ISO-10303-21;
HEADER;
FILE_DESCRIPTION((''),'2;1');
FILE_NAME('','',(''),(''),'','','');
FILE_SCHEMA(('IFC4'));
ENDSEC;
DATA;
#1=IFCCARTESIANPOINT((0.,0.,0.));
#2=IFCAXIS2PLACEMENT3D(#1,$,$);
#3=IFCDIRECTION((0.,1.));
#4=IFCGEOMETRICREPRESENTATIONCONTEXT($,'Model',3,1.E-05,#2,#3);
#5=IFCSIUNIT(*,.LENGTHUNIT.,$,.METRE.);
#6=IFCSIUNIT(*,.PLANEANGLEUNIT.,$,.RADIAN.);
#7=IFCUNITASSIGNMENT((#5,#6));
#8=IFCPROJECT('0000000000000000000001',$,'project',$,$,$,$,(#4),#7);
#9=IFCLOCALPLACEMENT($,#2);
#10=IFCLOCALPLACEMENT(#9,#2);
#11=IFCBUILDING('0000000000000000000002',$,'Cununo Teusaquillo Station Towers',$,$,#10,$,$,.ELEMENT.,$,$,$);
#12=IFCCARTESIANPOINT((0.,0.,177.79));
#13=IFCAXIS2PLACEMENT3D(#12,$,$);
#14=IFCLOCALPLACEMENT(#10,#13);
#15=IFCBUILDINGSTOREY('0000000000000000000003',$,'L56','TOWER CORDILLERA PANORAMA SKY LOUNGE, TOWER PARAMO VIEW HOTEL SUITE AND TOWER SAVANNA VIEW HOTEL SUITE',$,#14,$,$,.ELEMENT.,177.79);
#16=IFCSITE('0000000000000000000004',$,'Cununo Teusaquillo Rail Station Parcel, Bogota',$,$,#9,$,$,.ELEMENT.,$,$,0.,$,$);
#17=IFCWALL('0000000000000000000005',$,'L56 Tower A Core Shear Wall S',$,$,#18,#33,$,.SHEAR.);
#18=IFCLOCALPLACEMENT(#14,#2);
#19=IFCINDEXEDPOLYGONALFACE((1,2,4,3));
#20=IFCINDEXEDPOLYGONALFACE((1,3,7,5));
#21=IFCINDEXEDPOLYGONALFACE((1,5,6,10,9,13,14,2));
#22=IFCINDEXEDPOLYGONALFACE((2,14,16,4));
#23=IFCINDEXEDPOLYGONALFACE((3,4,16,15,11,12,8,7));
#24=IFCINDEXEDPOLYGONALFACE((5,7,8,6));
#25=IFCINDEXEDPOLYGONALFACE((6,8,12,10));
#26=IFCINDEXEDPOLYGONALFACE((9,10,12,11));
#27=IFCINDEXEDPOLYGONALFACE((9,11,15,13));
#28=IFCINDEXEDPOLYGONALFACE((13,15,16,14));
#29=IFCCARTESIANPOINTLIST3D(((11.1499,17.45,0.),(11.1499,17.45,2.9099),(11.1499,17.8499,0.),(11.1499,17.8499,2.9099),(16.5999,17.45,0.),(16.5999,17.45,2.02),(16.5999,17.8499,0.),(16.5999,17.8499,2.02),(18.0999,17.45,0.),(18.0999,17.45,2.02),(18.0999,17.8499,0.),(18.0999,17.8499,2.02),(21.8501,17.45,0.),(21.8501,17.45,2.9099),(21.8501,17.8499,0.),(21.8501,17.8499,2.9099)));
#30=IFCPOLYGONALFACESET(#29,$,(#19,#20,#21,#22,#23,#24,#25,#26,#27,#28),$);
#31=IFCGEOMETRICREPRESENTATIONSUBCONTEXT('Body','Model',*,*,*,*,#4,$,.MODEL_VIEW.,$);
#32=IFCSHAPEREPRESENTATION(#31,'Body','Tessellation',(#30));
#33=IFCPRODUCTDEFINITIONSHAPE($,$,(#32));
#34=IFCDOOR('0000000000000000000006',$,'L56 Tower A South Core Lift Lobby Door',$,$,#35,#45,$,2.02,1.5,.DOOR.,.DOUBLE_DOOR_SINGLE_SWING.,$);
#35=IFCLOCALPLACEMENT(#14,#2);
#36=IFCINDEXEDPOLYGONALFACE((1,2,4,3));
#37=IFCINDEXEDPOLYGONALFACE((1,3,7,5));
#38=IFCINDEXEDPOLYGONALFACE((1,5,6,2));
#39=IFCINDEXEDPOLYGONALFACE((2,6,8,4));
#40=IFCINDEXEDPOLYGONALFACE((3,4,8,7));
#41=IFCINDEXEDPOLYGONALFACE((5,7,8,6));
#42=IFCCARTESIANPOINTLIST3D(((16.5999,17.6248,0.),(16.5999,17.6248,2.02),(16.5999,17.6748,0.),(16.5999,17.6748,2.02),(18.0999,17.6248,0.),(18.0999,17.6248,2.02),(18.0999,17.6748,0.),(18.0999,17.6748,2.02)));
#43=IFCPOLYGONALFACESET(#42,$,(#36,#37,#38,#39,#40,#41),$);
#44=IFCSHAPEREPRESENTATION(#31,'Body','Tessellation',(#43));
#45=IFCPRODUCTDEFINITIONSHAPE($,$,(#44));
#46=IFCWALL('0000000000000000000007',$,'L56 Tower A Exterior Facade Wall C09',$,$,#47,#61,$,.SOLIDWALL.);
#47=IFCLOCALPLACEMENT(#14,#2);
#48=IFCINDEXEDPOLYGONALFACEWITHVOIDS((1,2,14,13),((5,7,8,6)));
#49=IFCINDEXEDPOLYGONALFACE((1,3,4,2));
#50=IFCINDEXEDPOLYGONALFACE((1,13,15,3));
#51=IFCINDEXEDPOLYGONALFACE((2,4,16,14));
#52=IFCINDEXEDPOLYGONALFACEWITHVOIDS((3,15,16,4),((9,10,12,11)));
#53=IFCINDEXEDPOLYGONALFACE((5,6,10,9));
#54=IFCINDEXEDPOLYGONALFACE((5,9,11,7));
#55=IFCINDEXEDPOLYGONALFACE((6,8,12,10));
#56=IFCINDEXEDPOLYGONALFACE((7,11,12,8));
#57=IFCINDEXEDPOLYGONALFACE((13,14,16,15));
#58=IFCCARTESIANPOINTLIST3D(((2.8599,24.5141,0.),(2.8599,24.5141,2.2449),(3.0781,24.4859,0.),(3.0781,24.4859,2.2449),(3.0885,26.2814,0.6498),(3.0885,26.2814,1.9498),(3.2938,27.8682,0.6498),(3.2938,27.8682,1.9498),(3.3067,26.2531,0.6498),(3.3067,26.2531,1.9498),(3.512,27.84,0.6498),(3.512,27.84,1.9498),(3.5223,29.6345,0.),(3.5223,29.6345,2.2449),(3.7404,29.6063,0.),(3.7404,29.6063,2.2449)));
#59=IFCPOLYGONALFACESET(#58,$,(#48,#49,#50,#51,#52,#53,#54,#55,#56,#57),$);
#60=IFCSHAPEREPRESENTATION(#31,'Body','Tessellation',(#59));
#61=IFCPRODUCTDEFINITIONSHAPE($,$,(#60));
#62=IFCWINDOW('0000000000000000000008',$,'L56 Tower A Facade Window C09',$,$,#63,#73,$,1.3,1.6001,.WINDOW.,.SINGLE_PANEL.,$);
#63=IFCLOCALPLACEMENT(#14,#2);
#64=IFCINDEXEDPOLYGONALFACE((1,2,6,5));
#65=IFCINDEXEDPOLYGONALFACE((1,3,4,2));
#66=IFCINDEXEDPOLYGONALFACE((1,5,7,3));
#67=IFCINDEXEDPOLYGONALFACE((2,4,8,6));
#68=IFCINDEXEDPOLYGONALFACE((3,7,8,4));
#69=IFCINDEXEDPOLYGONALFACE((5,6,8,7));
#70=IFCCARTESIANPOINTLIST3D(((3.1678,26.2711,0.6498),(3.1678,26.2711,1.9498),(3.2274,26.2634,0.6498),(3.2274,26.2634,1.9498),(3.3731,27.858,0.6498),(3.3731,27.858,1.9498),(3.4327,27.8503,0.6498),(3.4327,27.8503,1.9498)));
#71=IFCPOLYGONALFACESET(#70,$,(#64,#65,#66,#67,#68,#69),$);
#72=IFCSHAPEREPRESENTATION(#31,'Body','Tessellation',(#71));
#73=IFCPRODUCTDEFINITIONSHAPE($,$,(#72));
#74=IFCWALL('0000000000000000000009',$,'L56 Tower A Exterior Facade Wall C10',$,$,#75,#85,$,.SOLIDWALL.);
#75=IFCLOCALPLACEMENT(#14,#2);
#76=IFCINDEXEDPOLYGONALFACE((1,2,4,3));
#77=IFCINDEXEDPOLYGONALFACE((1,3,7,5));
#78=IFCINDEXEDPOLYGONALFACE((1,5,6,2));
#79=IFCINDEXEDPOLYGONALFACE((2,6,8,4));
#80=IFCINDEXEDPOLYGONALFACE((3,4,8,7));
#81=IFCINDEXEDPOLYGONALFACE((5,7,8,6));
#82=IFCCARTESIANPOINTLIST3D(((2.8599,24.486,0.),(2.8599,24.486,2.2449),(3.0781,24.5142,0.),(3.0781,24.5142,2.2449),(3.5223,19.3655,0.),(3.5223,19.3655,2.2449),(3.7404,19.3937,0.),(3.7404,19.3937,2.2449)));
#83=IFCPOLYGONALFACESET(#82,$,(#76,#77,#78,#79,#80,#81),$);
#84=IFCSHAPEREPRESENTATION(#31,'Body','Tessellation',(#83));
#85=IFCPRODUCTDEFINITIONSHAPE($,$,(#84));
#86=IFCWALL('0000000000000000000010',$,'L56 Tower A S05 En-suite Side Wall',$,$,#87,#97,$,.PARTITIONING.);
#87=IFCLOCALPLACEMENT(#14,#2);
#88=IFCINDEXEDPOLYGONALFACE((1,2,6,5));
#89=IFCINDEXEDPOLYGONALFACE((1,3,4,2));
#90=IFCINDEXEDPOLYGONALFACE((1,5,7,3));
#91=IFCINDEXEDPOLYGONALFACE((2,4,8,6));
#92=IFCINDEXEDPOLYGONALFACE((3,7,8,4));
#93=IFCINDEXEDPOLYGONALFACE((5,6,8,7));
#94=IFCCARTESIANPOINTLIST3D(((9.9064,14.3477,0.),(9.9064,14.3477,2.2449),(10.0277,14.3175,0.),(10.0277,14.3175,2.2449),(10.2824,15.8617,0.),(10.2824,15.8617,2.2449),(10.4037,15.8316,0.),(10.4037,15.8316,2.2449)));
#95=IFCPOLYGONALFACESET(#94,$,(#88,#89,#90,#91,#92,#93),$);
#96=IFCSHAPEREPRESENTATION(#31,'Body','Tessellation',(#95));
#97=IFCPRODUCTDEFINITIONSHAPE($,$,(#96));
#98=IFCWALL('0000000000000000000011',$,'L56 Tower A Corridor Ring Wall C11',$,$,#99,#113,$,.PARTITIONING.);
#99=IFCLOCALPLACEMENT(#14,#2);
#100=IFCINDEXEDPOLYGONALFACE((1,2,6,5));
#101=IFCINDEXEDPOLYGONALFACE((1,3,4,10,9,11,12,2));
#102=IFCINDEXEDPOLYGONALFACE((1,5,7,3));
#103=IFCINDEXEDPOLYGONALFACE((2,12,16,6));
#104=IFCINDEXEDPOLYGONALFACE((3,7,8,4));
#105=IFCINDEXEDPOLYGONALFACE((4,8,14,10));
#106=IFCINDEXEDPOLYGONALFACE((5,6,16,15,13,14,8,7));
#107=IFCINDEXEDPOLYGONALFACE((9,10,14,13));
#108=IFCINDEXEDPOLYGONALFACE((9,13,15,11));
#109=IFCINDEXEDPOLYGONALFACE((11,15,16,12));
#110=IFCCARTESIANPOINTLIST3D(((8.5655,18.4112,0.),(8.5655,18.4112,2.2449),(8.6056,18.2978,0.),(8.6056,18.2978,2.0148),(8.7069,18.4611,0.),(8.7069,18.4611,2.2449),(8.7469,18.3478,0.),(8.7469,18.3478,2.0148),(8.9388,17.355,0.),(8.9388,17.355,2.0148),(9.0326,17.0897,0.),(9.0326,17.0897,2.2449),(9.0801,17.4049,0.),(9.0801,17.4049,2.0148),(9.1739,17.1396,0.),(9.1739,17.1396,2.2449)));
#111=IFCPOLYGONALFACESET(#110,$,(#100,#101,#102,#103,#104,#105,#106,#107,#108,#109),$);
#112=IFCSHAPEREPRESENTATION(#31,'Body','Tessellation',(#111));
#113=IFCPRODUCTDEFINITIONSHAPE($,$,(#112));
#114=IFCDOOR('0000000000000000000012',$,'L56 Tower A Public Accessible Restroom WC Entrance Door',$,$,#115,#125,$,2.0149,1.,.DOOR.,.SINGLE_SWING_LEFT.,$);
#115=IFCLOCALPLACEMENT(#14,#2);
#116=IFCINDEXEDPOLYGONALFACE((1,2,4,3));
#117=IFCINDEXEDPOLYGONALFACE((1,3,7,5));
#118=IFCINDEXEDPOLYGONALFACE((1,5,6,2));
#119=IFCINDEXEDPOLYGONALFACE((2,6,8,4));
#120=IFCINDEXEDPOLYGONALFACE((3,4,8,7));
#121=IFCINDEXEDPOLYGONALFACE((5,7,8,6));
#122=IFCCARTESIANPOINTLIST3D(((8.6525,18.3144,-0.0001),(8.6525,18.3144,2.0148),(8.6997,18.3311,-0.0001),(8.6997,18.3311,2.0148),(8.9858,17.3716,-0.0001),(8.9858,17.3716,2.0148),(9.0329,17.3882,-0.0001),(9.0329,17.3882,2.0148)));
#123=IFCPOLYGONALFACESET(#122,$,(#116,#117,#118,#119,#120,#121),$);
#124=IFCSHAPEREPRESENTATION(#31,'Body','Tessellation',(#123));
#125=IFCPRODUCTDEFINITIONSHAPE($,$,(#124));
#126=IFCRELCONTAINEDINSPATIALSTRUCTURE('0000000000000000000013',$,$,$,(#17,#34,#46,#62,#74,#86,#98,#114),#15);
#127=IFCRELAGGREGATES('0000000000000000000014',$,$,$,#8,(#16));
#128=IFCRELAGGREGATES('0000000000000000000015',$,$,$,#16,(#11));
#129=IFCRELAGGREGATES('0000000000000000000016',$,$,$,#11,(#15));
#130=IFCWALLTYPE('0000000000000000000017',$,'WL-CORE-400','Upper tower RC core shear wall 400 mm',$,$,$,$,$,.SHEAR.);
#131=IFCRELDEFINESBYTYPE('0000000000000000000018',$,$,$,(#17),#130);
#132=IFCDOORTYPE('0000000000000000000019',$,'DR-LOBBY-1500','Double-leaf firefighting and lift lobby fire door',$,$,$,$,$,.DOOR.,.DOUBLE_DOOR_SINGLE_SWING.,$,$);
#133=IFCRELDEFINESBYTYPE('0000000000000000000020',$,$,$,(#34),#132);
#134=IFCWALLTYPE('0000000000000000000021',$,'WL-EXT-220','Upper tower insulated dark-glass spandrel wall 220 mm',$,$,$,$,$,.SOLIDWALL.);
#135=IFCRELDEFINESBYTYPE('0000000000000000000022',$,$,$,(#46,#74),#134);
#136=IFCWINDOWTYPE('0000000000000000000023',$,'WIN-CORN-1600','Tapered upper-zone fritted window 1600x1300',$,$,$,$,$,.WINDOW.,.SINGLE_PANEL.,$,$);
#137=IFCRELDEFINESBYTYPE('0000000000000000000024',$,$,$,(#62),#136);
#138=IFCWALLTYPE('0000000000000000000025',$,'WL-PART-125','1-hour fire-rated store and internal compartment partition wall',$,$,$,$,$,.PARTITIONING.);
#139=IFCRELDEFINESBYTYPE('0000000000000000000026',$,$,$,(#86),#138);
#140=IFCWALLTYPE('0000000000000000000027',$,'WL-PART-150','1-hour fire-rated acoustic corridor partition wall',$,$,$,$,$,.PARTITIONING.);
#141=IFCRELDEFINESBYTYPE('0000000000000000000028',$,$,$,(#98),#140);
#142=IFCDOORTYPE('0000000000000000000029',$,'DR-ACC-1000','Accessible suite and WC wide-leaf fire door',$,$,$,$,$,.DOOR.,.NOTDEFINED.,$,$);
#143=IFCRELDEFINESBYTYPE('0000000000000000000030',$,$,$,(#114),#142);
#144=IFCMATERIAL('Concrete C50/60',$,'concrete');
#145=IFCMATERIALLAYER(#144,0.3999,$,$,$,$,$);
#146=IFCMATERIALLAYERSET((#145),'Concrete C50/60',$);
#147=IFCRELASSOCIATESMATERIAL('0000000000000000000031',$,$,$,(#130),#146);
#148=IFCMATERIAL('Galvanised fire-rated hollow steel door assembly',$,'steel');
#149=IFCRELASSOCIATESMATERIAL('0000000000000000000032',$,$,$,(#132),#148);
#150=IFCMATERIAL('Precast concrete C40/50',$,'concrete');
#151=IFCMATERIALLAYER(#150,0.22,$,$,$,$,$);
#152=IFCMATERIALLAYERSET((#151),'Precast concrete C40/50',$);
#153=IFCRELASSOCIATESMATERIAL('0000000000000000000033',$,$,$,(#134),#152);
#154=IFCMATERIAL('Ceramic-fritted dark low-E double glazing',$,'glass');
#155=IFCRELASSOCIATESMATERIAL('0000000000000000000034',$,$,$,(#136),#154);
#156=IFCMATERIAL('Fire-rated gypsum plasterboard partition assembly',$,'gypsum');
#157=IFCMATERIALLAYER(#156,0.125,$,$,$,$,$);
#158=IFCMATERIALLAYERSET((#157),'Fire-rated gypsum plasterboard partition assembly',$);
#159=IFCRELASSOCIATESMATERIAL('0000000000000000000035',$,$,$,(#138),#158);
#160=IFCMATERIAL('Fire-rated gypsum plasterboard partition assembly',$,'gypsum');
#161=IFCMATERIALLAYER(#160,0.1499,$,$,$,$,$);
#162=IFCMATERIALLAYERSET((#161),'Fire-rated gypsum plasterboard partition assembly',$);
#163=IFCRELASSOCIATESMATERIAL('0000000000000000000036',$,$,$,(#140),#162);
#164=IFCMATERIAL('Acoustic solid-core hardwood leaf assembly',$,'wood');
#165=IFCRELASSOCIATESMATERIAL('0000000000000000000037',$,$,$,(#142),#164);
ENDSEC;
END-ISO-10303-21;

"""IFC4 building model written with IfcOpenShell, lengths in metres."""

from ifc_helpers import new_model, si_unit, direction, frame, frame_2d, origin, place, context, subcontext, project, spatial, rectangle, extrude, source, transform, mapped, material, layer, layer_set, type_object, element, fill, save


model = new_model("IFC4")

# Units and contexts
model_context = context("Model", 3, precision=1e-05, world=origin(), true_north=direction((0.0, 1.0)))
body_context = subcontext(model_context, "Body", "Model", "MODEL_VIEW")
ifc_project = project(units=[si_unit("LENGTHUNIT", "METRE"), si_unit("PLANEANGLEUNIT", "RADIAN")], contexts=[model_context])

# Site, building, storey
site_placement = place(None, origin())
site = spatial("IfcSite", under=ifc_project, at=site_placement, Name="Cununo Teusaquillo Rail Station Parcel, Bogota", CompositionType="ELEMENT", RefElevation=0.0)
building_placement = place(site_placement, origin())
building = spatial("IfcBuilding", under=site, at=building_placement, Name="Cununo Teusaquillo Station Towers", CompositionType="ELEMENT")
storey_placement = place(building_placement, frame((0.0, 0.0, 177.79)))
storey = spatial("IfcBuildingStorey", under=building, at=storey_placement, Name="L56", Description="TOWER CORDILLERA PANORAMA SKY LOUNGE, TOWER PARAMO VIEW HOTEL SUITE AND TOWER SAVANNA VIEW HOTEL SUITE", CompositionType="ELEMENT", Elevation=177.79)

# Shared definitions
ifc_material_1 = material(Name="Concrete C50/60", Category="concrete")
ifc_layer_1 = layer(ifc_material_1, 0.3999)
ifc_layer_set_1 = layer_set([ifc_layer_1], Name="Concrete C50/60")
wall_type_1 = type_object("IfcWallType", Name="WL-CORE-400", Description="Upper tower RC core shear wall 400 mm", PredefinedType="SHEAR", material=ifc_layer_set_1)

# Wall, opening, door
wall_1_placement = place(storey_placement, frame((11.1499, 17.6499, 0.0), z_axis=(0.0, 0.0, 1.0), x_axis=(1.0, 0.0, 0.0)))
wall_1 = element("IfcWall", 1, at=wall_1_placement, inside=storey, type_object=wall_type_1, Name="L56 Tower A Core Shear Wall S", PredefinedType="SHEAR", context=body_context, shape_type="SweptSolid", body=[
    extrude(rectangle(XDim=10.7002, YDim=0.3999, at=frame_2d((5.3501, 0.0))), origin(), (0.0, 0.0, 1.0), 2.9099),
])
shared_shape_1 = source(origin(), body_context, "Body", "SweptSolid", [
    extrude(rectangle(XDim=1.5, YDim=2.02, at=frame_2d((0.75, 1.01))), frame((0.0, 0.21, 0.0), z_axis=(0.0, -1.0, 0.0), x_axis=(1.0, 0.0, 0.0)), (0.0, 0.0, 1.0), 0.4199),
])
opening_1_placement = place(wall_1_placement, frame((5.45, 0.0, 0.0)))
opening_1 = element("IfcOpeningElement", 2, at=opening_1_placement, cuts=wall_1, PredefinedType="OPENING", context=body_context, shape_type="MappedRepresentation", body=[
    mapped(shared_shape_1, transform((0.0, 0.0, 0.0), x_axis=(1.0, 0.0, 0.0), y_axis=(0.0, 1.0, 0.0), z_axis=(0.0, 0.0, 1.0), scale=1.0)),
])
ifc_material_2 = material(Name="Galvanised fire-rated hollow steel door assembly", Category="steel")
door_type_1 = type_object("IfcDoorType", Name="DR-LOBBY-1500", Description="Double-leaf firefighting and lift lobby fire door", OperationType="DOUBLE_DOOR_SINGLE_SWING", PredefinedType="DOOR", material=ifc_material_2)
shared_shape_2 = source(origin(), body_context, "Body", "SweptSolid", [
    extrude(rectangle(XDim=1.5, YDim=2.02, at=frame_2d((0.75, 1.01))), frame((0.0, 0.0249, 0.0), z_axis=(0.0, -1.0, 0.0), x_axis=(1.0, 0.0, 0.0)), (0.0, 0.0, 1.0), 0.05),
])
door_1_placement = place(opening_1_placement, origin())
door_1 = element("IfcDoor", 3, at=door_1_placement, inside=storey, type_object=door_type_1, Name="L56 Tower A South Core Lift Lobby Door", OperationType="DOUBLE_DOOR_SINGLE_SWING", OverallHeight=2.02, OverallWidth=1.5, PredefinedType="DOOR", context=body_context, shape_type="MappedRepresentation", body=[
    mapped(shared_shape_2, transform((0.0, 0.0, 0.0), x_axis=(1.0, 0.0, 0.0), y_axis=(0.0, 1.0, 0.0), z_axis=(0.0, 0.0, 1.0), scale=1.0)),
])
fill(opening_1, door_1)

# Wall, opening, window
ifc_material_3 = material(Name="Precast concrete C40/50", Category="concrete")
ifc_layer_2 = layer(ifc_material_3, 0.22)
ifc_layer_set_2 = layer_set([ifc_layer_2], Name="Precast concrete C40/50")
wall_type_2 = type_object("IfcWallType", Name="WL-EXT-220", Description="Upper tower insulated dark-glass spandrel wall 220 mm", PredefinedType="SOLIDWALL", material=ifc_layer_set_2)
wall_2_placement = place(storey_placement, frame((2.969, 24.5, 0.0), z_axis=(0.0, 0.0, 1.0), x_axis=(0.128288, 0.991737, 0.0)))
wall_2 = element("IfcWall", 4, at=wall_2_placement, inside=storey, type_object=wall_type_2, Name="L56 Tower A Exterior Facade Wall C09", PredefinedType="SOLIDWALL", context=body_context, shape_type="SweptSolid", body=[
    extrude(rectangle(XDim=5.1631, YDim=0.22, at=frame_2d((2.5815, 0.0))), origin(), (0.0, 0.0, 1.0), 2.2449),
])
shared_shape_3 = source(origin(), body_context, "Body", "SweptSolid", [
    extrude(rectangle(XDim=1.6001, YDim=1.3, at=frame_2d((0.8, 0.6499))), frame((0.0, 0.1199, 0.0), z_axis=(0.0, -1.0, 0.0), x_axis=(1.0, 0.0, 0.0)), (0.0, 0.0, 1.0), 0.24),
])
opening_2_placement = place(wall_2_placement, frame((1.782, 0.0, 0.6499)))
opening_2 = element("IfcOpeningElement", 5, at=opening_2_placement, cuts=wall_2, PredefinedType="OPENING", context=body_context, shape_type="MappedRepresentation", body=[
    mapped(shared_shape_3, transform((0.0, 0.0, 0.0), x_axis=(1.0, 0.0, 0.0), y_axis=(0.0, 1.0, 0.0), z_axis=(0.0, 0.0, 1.0), scale=1.0)),
])
ifc_material_4 = material(Name="Ceramic-fritted dark low-E double glazing", Category="glass")
window_type = type_object("IfcWindowType", Name="WIN-CORN-1600", Description="Tapered upper-zone fritted window 1600x1300", PartitioningType="SINGLE_PANEL", PredefinedType="WINDOW", material=ifc_material_4)
shared_shape_4 = source(origin(), body_context, "Body", "SweptSolid", [
    extrude(rectangle(XDim=1.6001, YDim=1.3, at=frame_2d((0.8, 0.6499))), frame((0.0, 0.03, 0.0), z_axis=(0.0, -1.0, 0.0), x_axis=(1.0, 0.0, 0.0)), (0.0, 0.0, 1.0), 0.0601),
])
window_placement = place(opening_2_placement, origin())
window = element("IfcWindow", 6, at=window_placement, inside=storey, type_object=window_type, Name="L56 Tower A Facade Window C09", OverallHeight=1.3, OverallWidth=1.6001, PartitioningType="SINGLE_PANEL", PredefinedType="WINDOW", context=body_context, shape_type="MappedRepresentation", body=[
    mapped(shared_shape_4, transform((0.0, 0.0, 0.0), x_axis=(1.0, 0.0, 0.0), y_axis=(0.0, 1.0, 0.0), z_axis=(0.0, 0.0, 1.0), scale=1.0)),
])
fill(opening_2, window)

# Walls
wall_3_placement = place(storey_placement, frame((3.6313, 19.3796, 0.0), z_axis=(0.0, 0.0, 1.0), x_axis=(-0.128288, 0.991737, 0.0)))
element("IfcWall", 7, at=wall_3_placement, inside=storey, type_object=wall_type_2, Name="L56 Tower A Exterior Facade Wall C10", PredefinedType="SOLIDWALL", context=body_context, shape_type="SweptSolid", body=[
    extrude(rectangle(XDim=5.1631, YDim=0.22, at=frame_2d((2.5815, 0.0))), origin(), (0.0, 0.0, 1.0), 2.2449),
])
ifc_material_5 = material(Name="Fire-rated gypsum plasterboard partition assembly", Category="gypsum")
ifc_layer_3 = layer(ifc_material_5, 0.125)
ifc_layer_set_3 = layer_set([ifc_layer_3], Name="Fire-rated gypsum plasterboard partition assembly")
wall_type_3 = type_object("IfcWallType", Name="WL-PART-125", Description="1-hour fire-rated store and internal compartment partition wall", PredefinedType="PARTITIONING", material=ifc_layer_set_3)
wall_4_placement = place(storey_placement, frame((10.343, 15.8467, 0.0), z_axis=(0.0, 0.0, 1.0), x_axis=(-0.240989, -0.970528, 0.0)))
element("IfcWall", 8, at=wall_4_placement, inside=storey, type_object=wall_type_3, Name="L56 Tower A S05 En-suite Side Wall", PredefinedType="PARTITIONING", context=body_context, shape_type="SweptSolid", body=[
    extrude(rectangle(XDim=1.5601, YDim=0.125, at=frame_2d((0.78, 0.0))), origin(), (0.0, 0.0, 1.0), 2.2449),
])

# Wall, opening, door
ifc_material_6 = material(Name="Fire-rated gypsum plasterboard partition assembly", Category="gypsum")
ifc_layer_4 = layer(ifc_material_6, 0.1499)
ifc_layer_set_4 = layer_set([ifc_layer_4], Name="Fire-rated gypsum plasterboard partition assembly")
wall_type_4 = type_object("IfcWallType", Name="WL-PART-150", Description="1-hour fire-rated acoustic corridor partition wall", PredefinedType="PARTITIONING", material=ifc_layer_set_4)
wall_5_placement = place(storey_placement, frame((8.6362, 18.436, 0.0), z_axis=(0.0, 0.0, 1.0), x_axis=(0.333212, -0.942852, 0.0)))
wall_5 = element("IfcWall", 9, at=wall_5_placement, inside=storey, type_object=wall_type_4, Name="L56 Tower A Corridor Ring Wall C11", PredefinedType="PARTITIONING", context=body_context, shape_type="SweptSolid", body=[
    extrude(rectangle(XDim=1.4016, YDim=0.1499, at=frame_2d((0.7007, 0.0))), origin(), (0.0, 0.0, 1.0), 2.2449),
])
shared_shape_5 = source(origin(), body_context, "Body", "SweptSolid", [
    extrude(rectangle(XDim=1.0, YDim=2.0149, at=frame_2d((0.5, 1.0073))), frame((0.0, 0.085, 0.0), z_axis=(0.0, -1.0, 0.0), x_axis=(1.0, 0.0, 0.0)), (0.0, 0.0, 1.0), 0.1699),
])
opening_3_placement = place(wall_5_placement, frame((0.1201, 0.0, 0.0)))
opening_3 = element("IfcOpeningElement", 10, at=opening_3_placement, cuts=wall_5, PredefinedType="OPENING", context=body_context, shape_type="MappedRepresentation", body=[
    mapped(shared_shape_5, transform((0.0, 0.0, 0.0), x_axis=(1.0, 0.0, 0.0), y_axis=(0.0, 1.0, 0.0), z_axis=(0.0, 0.0, 1.0), scale=1.0)),
])
ifc_material_7 = material(Name="Acoustic solid-core hardwood leaf assembly", Category="wood")
door_type_2 = type_object("IfcDoorType", Name="DR-ACC-1000", Description="Accessible suite and WC wide-leaf fire door", OperationType="NOTDEFINED", PredefinedType="DOOR", material=ifc_material_7)
shared_shape_6 = source(origin(), body_context, "Body", "SweptSolid", [
    extrude(rectangle(XDim=1.0, YDim=2.0149, at=frame_2d((0.5, 1.0073))), frame((0.0, 0.0249, 0.0), z_axis=(0.0, -1.0, 0.0), x_axis=(1.0, 0.0, 0.0)), (0.0, 0.0, 1.0), 0.05),
])
door_2_placement = place(opening_3_placement, origin())
door_2 = element("IfcDoor", 11, at=door_2_placement, inside=storey, type_object=door_type_2, Name="L56 Tower A Public Accessible Restroom WC Entrance Door", OperationType="SINGLE_SWING_LEFT", OverallHeight=2.0149, OverallWidth=1.0, PredefinedType="DOOR", context=body_context, shape_type="MappedRepresentation", body=[
    mapped(shared_shape_6, transform((0.0, 0.0, 0.0), x_axis=(1.0, 0.0, 0.0), y_axis=(0.0, 1.0, 0.0), z_axis=(0.0, 0.0, 1.0), scale=1.0)),
])
fill(opening_3, door_2)

save(model, "model.ifc")
